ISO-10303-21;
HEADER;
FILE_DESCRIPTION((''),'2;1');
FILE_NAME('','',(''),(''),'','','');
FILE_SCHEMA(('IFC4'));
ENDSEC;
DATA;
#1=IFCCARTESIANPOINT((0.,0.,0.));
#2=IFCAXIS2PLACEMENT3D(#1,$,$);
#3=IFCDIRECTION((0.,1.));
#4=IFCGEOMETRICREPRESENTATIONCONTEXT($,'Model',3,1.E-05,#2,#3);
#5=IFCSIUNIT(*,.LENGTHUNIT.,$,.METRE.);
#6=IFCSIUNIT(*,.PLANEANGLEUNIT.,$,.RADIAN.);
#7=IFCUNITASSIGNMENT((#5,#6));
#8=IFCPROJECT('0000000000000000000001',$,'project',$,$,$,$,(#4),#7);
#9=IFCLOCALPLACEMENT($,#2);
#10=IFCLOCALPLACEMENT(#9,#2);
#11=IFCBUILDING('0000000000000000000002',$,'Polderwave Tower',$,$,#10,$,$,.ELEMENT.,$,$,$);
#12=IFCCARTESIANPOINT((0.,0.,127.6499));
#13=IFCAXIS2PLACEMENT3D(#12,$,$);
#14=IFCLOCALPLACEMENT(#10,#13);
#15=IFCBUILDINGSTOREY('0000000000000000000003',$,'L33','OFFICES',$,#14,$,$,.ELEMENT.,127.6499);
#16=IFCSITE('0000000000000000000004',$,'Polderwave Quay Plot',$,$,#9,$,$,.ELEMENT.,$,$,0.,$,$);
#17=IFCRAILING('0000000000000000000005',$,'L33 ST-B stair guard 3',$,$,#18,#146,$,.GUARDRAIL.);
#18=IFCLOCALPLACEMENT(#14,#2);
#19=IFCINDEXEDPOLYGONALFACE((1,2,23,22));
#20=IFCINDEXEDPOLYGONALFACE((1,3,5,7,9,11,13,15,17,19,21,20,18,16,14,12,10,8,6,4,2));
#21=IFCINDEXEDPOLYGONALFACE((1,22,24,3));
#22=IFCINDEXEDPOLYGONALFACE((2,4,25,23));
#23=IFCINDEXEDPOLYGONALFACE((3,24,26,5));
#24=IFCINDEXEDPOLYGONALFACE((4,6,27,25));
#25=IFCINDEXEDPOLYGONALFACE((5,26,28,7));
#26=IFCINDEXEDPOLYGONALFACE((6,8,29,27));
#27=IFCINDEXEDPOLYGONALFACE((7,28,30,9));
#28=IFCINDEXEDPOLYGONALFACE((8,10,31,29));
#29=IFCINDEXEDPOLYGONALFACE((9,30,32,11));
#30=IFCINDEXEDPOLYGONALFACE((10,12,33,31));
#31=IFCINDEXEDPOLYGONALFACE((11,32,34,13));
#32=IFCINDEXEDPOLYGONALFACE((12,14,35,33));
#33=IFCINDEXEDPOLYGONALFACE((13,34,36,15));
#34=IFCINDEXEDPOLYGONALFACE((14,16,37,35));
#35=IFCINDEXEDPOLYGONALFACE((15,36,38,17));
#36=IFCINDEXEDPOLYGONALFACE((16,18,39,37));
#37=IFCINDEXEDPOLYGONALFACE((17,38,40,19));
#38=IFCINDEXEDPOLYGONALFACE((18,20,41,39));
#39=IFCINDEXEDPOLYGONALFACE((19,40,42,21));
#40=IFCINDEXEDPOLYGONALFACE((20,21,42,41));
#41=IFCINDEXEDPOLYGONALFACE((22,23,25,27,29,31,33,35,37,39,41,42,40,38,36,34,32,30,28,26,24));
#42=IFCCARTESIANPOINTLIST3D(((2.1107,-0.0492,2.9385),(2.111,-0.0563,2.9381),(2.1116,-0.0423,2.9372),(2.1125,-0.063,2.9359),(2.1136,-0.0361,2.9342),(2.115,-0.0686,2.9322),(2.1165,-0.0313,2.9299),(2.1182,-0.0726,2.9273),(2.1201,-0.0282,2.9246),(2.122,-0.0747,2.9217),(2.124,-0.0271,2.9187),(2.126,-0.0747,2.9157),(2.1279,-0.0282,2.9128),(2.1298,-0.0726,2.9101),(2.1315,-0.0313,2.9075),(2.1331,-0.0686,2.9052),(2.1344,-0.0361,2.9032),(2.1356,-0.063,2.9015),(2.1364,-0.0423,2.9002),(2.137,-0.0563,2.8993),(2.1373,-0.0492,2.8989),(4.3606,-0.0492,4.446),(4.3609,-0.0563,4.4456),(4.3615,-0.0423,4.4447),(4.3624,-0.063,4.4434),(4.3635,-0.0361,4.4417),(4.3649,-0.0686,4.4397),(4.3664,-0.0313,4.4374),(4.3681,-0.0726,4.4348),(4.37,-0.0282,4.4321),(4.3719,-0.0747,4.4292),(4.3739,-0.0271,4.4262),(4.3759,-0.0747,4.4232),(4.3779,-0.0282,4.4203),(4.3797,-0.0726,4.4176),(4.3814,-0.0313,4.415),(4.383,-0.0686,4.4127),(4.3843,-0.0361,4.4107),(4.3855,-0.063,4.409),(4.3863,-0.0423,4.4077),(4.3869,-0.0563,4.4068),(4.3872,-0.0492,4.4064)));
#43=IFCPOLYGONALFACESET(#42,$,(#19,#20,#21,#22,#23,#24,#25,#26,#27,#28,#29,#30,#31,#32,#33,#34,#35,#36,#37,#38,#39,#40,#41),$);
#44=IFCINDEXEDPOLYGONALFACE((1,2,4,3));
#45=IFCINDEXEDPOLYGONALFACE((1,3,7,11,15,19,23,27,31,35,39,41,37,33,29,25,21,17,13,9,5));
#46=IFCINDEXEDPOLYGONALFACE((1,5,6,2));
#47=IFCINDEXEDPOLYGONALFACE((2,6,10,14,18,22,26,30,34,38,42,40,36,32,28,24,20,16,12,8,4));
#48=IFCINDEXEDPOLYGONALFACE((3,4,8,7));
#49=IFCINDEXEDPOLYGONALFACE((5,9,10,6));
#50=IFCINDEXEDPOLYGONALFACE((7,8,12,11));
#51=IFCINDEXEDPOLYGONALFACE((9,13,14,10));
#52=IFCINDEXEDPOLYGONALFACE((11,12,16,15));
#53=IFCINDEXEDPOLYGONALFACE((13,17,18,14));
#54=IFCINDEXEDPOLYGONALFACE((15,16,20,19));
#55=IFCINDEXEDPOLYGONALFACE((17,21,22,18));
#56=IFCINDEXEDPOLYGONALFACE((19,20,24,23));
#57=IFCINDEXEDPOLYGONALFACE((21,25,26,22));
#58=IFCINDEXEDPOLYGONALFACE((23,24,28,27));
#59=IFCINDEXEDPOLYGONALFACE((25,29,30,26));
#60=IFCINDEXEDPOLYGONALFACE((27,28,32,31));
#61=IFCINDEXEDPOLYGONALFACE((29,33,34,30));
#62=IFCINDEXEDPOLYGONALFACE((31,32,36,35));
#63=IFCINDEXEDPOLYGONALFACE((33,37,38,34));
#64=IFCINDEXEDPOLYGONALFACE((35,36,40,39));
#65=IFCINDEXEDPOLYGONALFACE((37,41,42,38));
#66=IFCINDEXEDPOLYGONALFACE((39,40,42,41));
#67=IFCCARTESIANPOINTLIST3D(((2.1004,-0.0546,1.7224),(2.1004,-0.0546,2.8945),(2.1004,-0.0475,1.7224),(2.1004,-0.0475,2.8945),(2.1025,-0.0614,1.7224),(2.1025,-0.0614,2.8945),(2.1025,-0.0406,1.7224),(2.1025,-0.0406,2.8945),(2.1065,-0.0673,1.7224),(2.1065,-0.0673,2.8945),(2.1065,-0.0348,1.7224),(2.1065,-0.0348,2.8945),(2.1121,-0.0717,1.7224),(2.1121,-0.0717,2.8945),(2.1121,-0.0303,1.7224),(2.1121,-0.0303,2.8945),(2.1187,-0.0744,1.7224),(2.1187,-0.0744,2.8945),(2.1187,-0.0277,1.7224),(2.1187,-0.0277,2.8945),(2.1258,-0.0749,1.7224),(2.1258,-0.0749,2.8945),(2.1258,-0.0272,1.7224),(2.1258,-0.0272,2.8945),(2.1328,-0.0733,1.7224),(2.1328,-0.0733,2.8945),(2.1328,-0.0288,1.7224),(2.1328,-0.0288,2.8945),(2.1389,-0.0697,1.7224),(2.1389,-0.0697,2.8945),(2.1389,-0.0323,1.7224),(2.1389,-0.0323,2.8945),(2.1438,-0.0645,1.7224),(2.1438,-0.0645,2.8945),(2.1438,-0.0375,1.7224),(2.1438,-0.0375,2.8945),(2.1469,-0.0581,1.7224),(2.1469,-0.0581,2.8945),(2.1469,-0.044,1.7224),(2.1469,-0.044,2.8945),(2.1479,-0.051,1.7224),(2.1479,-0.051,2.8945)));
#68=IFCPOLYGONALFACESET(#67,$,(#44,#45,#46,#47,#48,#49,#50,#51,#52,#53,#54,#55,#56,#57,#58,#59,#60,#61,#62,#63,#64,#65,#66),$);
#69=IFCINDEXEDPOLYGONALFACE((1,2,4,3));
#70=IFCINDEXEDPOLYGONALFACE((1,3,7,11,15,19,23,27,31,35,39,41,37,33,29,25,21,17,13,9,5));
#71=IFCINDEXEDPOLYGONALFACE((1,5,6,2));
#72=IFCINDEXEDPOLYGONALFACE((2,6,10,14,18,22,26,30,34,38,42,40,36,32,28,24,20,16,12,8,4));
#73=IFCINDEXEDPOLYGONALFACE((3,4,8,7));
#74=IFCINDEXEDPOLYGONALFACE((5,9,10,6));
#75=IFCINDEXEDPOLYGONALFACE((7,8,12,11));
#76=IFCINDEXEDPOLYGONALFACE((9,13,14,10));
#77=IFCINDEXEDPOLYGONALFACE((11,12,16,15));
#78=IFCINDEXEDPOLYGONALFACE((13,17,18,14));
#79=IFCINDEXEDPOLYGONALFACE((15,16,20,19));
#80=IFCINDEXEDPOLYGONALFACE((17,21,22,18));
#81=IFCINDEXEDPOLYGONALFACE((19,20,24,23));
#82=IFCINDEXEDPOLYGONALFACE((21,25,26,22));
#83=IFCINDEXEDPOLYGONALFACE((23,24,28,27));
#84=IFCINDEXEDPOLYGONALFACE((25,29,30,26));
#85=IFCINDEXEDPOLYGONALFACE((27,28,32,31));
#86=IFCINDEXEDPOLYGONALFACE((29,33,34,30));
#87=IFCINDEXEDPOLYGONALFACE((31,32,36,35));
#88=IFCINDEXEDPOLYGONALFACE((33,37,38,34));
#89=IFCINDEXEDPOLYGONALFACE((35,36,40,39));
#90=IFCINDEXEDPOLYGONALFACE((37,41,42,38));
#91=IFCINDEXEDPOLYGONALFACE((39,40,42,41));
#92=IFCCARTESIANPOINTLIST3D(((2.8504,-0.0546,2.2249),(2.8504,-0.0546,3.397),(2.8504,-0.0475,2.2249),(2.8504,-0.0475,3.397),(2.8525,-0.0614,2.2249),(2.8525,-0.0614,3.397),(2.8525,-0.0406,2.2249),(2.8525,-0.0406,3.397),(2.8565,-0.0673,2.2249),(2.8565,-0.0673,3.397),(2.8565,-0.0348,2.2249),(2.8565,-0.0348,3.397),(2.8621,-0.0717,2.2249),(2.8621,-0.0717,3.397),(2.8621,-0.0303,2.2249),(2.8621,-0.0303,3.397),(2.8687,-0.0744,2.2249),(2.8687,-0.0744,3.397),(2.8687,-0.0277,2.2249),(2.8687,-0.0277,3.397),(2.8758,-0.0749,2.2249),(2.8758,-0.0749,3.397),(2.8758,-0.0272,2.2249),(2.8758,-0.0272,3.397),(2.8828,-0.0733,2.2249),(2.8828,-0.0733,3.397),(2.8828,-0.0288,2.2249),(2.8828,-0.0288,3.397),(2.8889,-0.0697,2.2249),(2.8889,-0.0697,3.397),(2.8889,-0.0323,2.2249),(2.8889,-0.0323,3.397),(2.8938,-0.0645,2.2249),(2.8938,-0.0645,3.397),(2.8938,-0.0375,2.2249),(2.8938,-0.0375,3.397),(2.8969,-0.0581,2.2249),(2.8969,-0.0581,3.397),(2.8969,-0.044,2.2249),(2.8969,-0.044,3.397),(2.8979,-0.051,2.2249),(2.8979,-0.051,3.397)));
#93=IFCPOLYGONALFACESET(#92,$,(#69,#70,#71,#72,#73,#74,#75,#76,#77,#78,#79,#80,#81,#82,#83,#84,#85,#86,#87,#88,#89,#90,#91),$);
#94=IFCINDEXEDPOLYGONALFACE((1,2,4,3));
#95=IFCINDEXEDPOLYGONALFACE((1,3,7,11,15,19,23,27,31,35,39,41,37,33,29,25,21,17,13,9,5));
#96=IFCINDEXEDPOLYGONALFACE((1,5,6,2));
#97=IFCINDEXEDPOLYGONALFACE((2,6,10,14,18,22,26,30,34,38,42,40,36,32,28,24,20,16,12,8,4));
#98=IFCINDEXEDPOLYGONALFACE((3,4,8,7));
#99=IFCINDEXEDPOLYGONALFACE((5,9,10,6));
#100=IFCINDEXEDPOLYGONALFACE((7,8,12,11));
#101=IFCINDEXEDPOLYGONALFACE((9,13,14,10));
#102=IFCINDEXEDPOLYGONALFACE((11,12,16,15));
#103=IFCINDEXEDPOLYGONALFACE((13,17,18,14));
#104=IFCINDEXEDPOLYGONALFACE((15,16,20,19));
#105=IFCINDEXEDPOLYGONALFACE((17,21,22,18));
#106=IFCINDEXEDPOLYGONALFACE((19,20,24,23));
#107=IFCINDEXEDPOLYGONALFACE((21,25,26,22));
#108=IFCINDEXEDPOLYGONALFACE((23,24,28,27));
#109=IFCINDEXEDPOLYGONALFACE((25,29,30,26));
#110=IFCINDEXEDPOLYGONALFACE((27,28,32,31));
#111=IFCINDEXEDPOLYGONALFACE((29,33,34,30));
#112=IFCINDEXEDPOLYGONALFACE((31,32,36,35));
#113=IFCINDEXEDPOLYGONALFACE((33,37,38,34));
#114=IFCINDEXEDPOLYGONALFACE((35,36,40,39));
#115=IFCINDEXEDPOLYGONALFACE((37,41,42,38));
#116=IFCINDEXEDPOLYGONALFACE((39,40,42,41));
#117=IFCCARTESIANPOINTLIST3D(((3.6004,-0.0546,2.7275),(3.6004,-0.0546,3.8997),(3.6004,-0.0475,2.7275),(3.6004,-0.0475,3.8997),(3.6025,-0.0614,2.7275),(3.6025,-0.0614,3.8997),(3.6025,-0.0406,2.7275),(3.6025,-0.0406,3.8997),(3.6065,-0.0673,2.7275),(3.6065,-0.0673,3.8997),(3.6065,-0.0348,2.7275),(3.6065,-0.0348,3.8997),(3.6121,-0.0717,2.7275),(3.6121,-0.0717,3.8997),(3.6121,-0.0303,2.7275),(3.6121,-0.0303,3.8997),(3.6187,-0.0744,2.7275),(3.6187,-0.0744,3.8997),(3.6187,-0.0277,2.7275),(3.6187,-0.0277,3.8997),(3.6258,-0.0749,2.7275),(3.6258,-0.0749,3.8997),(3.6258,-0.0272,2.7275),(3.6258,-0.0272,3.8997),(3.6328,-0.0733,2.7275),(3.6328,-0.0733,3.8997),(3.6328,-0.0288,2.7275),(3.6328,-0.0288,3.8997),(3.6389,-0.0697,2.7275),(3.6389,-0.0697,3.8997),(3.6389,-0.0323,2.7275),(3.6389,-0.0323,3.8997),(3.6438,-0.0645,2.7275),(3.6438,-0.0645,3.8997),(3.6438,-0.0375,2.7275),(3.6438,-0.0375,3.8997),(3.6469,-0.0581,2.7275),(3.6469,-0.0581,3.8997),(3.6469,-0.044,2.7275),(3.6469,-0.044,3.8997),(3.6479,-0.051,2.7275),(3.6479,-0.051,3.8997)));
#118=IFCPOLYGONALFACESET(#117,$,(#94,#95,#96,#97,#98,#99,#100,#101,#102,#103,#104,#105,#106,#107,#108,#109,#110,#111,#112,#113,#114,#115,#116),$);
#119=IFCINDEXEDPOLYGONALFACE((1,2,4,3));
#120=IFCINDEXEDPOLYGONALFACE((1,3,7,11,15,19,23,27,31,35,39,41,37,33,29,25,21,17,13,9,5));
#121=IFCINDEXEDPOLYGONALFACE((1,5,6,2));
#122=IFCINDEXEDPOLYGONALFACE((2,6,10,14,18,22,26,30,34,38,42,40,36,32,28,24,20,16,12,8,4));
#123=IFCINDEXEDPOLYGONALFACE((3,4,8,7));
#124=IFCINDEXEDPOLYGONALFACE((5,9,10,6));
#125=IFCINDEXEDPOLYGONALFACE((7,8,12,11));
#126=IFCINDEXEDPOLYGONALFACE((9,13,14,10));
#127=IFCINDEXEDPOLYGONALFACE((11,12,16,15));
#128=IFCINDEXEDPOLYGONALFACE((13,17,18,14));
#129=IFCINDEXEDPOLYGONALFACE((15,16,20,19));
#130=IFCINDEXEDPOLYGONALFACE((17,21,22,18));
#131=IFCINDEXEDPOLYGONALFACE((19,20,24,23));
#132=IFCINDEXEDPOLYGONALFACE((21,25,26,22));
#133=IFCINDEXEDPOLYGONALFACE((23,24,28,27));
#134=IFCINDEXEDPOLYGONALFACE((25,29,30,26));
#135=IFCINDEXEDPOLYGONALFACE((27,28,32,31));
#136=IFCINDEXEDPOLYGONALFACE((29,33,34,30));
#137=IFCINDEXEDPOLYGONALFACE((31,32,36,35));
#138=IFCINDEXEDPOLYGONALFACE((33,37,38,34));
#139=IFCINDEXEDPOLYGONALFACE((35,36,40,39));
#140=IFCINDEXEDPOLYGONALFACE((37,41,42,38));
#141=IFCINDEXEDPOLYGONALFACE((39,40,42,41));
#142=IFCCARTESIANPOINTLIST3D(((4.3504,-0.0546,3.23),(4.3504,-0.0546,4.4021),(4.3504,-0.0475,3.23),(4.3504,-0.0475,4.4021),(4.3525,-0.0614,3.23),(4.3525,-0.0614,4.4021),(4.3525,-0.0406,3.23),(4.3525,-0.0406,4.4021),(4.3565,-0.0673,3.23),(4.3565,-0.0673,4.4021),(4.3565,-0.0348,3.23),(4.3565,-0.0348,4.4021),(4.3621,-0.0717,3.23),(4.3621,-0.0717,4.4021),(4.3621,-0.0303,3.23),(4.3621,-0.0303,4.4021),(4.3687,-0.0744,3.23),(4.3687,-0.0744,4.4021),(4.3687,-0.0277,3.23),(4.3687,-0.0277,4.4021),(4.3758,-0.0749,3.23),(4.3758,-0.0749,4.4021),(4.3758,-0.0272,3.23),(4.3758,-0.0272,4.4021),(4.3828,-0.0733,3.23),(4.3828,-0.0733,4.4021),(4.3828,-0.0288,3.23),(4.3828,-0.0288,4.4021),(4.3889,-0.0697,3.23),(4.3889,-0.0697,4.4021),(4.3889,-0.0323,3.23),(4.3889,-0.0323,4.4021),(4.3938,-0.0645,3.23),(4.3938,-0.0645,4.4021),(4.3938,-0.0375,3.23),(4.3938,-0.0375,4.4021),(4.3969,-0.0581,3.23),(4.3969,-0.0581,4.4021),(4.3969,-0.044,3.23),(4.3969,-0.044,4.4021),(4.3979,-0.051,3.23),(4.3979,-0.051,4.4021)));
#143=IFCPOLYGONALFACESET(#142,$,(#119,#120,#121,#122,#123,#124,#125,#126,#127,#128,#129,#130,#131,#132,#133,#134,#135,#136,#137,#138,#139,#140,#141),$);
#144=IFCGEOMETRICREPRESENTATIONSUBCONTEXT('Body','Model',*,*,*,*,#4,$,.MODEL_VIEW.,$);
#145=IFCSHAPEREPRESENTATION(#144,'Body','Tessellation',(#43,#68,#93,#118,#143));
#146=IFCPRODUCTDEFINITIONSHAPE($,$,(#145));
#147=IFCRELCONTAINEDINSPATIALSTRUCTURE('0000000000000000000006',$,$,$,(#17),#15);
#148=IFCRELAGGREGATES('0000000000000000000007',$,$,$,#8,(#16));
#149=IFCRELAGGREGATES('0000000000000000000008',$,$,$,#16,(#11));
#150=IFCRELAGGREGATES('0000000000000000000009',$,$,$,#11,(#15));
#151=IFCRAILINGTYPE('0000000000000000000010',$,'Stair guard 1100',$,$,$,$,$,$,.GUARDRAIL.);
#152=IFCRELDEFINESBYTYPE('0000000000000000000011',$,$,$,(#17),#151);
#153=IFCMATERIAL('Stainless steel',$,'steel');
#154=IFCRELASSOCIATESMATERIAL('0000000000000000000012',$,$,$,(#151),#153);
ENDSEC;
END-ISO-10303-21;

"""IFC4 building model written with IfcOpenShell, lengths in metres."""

from ifc_helpers import new_model, si_unit, direction, frame, origin, origin_2d, place, context, subcontext, project, spatial, circle, extrude, material, type_object, element, save


model = new_model("IFC4")

# Units and contexts
model_context = context("Model", 3, precision=1e-05, world=origin(), true_north=direction((0.0, 1.0)))
body_context = subcontext(model_context, "Body", "Model", "MODEL_VIEW")
ifc_project = project(units=[si_unit("LENGTHUNIT", "METRE"), si_unit("PLANEANGLEUNIT", "RADIAN")], contexts=[model_context])

# Site, building, storey
site_placement = place(None, origin())
site = spatial("IfcSite", under=ifc_project, at=site_placement, Name="Polderwave Quay Plot", CompositionType="ELEMENT", RefElevation=0.0)
building_placement = place(site_placement, origin())
building = spatial("IfcBuilding", under=site, at=building_placement, Name="Polderwave Tower", CompositionType="ELEMENT")
storey_placement = place(building_placement, frame((0.0, 0.0, 127.6499)))
storey = spatial("IfcBuildingStorey", under=building, at=storey_placement, Name="L33", Description="OFFICES", CompositionType="ELEMENT", Elevation=127.6499)

# Railing
ifc_material_1 = material(Name="Stainless steel", Category="steel")
railing_type_1 = type_object("IfcRailingType", Name="Stair guard 1100", PredefinedType="GUARDRAIL", material=ifc_material_1)
railing_1_placement = place(storey_placement, frame((2.124, -0.051, 1.7224)))
element("IfcRailing", 1, at=railing_1_placement, inside=storey, type_object=railing_type_1, Name="L33 ST-B stair guard 3", PredefinedType="GUARDRAIL", context=body_context, shape_type="SweptSolid", body=[
    extrude(circle(Radius=0.0239, at=origin_2d()), frame((0.0, 0.0, 1.1963), z_axis=(0.830758, 0.0, 0.556633), x_axis=(0.0, 1.0, 0.0)), (0.0, 0.0, 1.0), 2.7083),
    extrude(circle(Radius=0.0239, at=origin_2d()), origin(), (0.0, 0.0, 1.0), 1.1721),
    extrude(circle(Radius=0.0239, at=origin_2d()), frame((0.75, 0.0, 0.5024)), (0.0, 0.0, 1.0), 1.1721),
    extrude(circle(Radius=0.0239, at=origin_2d()), frame((1.5, 0.0, 1.0051)), (0.0, 0.0, 1.0), 1.1721),
    extrude(circle(Radius=0.0239, at=origin_2d()), frame((2.25, 0.0, 1.5076)), (0.0, 0.0, 1.0), 1.1721),
])

save(model, "model.ifc")
